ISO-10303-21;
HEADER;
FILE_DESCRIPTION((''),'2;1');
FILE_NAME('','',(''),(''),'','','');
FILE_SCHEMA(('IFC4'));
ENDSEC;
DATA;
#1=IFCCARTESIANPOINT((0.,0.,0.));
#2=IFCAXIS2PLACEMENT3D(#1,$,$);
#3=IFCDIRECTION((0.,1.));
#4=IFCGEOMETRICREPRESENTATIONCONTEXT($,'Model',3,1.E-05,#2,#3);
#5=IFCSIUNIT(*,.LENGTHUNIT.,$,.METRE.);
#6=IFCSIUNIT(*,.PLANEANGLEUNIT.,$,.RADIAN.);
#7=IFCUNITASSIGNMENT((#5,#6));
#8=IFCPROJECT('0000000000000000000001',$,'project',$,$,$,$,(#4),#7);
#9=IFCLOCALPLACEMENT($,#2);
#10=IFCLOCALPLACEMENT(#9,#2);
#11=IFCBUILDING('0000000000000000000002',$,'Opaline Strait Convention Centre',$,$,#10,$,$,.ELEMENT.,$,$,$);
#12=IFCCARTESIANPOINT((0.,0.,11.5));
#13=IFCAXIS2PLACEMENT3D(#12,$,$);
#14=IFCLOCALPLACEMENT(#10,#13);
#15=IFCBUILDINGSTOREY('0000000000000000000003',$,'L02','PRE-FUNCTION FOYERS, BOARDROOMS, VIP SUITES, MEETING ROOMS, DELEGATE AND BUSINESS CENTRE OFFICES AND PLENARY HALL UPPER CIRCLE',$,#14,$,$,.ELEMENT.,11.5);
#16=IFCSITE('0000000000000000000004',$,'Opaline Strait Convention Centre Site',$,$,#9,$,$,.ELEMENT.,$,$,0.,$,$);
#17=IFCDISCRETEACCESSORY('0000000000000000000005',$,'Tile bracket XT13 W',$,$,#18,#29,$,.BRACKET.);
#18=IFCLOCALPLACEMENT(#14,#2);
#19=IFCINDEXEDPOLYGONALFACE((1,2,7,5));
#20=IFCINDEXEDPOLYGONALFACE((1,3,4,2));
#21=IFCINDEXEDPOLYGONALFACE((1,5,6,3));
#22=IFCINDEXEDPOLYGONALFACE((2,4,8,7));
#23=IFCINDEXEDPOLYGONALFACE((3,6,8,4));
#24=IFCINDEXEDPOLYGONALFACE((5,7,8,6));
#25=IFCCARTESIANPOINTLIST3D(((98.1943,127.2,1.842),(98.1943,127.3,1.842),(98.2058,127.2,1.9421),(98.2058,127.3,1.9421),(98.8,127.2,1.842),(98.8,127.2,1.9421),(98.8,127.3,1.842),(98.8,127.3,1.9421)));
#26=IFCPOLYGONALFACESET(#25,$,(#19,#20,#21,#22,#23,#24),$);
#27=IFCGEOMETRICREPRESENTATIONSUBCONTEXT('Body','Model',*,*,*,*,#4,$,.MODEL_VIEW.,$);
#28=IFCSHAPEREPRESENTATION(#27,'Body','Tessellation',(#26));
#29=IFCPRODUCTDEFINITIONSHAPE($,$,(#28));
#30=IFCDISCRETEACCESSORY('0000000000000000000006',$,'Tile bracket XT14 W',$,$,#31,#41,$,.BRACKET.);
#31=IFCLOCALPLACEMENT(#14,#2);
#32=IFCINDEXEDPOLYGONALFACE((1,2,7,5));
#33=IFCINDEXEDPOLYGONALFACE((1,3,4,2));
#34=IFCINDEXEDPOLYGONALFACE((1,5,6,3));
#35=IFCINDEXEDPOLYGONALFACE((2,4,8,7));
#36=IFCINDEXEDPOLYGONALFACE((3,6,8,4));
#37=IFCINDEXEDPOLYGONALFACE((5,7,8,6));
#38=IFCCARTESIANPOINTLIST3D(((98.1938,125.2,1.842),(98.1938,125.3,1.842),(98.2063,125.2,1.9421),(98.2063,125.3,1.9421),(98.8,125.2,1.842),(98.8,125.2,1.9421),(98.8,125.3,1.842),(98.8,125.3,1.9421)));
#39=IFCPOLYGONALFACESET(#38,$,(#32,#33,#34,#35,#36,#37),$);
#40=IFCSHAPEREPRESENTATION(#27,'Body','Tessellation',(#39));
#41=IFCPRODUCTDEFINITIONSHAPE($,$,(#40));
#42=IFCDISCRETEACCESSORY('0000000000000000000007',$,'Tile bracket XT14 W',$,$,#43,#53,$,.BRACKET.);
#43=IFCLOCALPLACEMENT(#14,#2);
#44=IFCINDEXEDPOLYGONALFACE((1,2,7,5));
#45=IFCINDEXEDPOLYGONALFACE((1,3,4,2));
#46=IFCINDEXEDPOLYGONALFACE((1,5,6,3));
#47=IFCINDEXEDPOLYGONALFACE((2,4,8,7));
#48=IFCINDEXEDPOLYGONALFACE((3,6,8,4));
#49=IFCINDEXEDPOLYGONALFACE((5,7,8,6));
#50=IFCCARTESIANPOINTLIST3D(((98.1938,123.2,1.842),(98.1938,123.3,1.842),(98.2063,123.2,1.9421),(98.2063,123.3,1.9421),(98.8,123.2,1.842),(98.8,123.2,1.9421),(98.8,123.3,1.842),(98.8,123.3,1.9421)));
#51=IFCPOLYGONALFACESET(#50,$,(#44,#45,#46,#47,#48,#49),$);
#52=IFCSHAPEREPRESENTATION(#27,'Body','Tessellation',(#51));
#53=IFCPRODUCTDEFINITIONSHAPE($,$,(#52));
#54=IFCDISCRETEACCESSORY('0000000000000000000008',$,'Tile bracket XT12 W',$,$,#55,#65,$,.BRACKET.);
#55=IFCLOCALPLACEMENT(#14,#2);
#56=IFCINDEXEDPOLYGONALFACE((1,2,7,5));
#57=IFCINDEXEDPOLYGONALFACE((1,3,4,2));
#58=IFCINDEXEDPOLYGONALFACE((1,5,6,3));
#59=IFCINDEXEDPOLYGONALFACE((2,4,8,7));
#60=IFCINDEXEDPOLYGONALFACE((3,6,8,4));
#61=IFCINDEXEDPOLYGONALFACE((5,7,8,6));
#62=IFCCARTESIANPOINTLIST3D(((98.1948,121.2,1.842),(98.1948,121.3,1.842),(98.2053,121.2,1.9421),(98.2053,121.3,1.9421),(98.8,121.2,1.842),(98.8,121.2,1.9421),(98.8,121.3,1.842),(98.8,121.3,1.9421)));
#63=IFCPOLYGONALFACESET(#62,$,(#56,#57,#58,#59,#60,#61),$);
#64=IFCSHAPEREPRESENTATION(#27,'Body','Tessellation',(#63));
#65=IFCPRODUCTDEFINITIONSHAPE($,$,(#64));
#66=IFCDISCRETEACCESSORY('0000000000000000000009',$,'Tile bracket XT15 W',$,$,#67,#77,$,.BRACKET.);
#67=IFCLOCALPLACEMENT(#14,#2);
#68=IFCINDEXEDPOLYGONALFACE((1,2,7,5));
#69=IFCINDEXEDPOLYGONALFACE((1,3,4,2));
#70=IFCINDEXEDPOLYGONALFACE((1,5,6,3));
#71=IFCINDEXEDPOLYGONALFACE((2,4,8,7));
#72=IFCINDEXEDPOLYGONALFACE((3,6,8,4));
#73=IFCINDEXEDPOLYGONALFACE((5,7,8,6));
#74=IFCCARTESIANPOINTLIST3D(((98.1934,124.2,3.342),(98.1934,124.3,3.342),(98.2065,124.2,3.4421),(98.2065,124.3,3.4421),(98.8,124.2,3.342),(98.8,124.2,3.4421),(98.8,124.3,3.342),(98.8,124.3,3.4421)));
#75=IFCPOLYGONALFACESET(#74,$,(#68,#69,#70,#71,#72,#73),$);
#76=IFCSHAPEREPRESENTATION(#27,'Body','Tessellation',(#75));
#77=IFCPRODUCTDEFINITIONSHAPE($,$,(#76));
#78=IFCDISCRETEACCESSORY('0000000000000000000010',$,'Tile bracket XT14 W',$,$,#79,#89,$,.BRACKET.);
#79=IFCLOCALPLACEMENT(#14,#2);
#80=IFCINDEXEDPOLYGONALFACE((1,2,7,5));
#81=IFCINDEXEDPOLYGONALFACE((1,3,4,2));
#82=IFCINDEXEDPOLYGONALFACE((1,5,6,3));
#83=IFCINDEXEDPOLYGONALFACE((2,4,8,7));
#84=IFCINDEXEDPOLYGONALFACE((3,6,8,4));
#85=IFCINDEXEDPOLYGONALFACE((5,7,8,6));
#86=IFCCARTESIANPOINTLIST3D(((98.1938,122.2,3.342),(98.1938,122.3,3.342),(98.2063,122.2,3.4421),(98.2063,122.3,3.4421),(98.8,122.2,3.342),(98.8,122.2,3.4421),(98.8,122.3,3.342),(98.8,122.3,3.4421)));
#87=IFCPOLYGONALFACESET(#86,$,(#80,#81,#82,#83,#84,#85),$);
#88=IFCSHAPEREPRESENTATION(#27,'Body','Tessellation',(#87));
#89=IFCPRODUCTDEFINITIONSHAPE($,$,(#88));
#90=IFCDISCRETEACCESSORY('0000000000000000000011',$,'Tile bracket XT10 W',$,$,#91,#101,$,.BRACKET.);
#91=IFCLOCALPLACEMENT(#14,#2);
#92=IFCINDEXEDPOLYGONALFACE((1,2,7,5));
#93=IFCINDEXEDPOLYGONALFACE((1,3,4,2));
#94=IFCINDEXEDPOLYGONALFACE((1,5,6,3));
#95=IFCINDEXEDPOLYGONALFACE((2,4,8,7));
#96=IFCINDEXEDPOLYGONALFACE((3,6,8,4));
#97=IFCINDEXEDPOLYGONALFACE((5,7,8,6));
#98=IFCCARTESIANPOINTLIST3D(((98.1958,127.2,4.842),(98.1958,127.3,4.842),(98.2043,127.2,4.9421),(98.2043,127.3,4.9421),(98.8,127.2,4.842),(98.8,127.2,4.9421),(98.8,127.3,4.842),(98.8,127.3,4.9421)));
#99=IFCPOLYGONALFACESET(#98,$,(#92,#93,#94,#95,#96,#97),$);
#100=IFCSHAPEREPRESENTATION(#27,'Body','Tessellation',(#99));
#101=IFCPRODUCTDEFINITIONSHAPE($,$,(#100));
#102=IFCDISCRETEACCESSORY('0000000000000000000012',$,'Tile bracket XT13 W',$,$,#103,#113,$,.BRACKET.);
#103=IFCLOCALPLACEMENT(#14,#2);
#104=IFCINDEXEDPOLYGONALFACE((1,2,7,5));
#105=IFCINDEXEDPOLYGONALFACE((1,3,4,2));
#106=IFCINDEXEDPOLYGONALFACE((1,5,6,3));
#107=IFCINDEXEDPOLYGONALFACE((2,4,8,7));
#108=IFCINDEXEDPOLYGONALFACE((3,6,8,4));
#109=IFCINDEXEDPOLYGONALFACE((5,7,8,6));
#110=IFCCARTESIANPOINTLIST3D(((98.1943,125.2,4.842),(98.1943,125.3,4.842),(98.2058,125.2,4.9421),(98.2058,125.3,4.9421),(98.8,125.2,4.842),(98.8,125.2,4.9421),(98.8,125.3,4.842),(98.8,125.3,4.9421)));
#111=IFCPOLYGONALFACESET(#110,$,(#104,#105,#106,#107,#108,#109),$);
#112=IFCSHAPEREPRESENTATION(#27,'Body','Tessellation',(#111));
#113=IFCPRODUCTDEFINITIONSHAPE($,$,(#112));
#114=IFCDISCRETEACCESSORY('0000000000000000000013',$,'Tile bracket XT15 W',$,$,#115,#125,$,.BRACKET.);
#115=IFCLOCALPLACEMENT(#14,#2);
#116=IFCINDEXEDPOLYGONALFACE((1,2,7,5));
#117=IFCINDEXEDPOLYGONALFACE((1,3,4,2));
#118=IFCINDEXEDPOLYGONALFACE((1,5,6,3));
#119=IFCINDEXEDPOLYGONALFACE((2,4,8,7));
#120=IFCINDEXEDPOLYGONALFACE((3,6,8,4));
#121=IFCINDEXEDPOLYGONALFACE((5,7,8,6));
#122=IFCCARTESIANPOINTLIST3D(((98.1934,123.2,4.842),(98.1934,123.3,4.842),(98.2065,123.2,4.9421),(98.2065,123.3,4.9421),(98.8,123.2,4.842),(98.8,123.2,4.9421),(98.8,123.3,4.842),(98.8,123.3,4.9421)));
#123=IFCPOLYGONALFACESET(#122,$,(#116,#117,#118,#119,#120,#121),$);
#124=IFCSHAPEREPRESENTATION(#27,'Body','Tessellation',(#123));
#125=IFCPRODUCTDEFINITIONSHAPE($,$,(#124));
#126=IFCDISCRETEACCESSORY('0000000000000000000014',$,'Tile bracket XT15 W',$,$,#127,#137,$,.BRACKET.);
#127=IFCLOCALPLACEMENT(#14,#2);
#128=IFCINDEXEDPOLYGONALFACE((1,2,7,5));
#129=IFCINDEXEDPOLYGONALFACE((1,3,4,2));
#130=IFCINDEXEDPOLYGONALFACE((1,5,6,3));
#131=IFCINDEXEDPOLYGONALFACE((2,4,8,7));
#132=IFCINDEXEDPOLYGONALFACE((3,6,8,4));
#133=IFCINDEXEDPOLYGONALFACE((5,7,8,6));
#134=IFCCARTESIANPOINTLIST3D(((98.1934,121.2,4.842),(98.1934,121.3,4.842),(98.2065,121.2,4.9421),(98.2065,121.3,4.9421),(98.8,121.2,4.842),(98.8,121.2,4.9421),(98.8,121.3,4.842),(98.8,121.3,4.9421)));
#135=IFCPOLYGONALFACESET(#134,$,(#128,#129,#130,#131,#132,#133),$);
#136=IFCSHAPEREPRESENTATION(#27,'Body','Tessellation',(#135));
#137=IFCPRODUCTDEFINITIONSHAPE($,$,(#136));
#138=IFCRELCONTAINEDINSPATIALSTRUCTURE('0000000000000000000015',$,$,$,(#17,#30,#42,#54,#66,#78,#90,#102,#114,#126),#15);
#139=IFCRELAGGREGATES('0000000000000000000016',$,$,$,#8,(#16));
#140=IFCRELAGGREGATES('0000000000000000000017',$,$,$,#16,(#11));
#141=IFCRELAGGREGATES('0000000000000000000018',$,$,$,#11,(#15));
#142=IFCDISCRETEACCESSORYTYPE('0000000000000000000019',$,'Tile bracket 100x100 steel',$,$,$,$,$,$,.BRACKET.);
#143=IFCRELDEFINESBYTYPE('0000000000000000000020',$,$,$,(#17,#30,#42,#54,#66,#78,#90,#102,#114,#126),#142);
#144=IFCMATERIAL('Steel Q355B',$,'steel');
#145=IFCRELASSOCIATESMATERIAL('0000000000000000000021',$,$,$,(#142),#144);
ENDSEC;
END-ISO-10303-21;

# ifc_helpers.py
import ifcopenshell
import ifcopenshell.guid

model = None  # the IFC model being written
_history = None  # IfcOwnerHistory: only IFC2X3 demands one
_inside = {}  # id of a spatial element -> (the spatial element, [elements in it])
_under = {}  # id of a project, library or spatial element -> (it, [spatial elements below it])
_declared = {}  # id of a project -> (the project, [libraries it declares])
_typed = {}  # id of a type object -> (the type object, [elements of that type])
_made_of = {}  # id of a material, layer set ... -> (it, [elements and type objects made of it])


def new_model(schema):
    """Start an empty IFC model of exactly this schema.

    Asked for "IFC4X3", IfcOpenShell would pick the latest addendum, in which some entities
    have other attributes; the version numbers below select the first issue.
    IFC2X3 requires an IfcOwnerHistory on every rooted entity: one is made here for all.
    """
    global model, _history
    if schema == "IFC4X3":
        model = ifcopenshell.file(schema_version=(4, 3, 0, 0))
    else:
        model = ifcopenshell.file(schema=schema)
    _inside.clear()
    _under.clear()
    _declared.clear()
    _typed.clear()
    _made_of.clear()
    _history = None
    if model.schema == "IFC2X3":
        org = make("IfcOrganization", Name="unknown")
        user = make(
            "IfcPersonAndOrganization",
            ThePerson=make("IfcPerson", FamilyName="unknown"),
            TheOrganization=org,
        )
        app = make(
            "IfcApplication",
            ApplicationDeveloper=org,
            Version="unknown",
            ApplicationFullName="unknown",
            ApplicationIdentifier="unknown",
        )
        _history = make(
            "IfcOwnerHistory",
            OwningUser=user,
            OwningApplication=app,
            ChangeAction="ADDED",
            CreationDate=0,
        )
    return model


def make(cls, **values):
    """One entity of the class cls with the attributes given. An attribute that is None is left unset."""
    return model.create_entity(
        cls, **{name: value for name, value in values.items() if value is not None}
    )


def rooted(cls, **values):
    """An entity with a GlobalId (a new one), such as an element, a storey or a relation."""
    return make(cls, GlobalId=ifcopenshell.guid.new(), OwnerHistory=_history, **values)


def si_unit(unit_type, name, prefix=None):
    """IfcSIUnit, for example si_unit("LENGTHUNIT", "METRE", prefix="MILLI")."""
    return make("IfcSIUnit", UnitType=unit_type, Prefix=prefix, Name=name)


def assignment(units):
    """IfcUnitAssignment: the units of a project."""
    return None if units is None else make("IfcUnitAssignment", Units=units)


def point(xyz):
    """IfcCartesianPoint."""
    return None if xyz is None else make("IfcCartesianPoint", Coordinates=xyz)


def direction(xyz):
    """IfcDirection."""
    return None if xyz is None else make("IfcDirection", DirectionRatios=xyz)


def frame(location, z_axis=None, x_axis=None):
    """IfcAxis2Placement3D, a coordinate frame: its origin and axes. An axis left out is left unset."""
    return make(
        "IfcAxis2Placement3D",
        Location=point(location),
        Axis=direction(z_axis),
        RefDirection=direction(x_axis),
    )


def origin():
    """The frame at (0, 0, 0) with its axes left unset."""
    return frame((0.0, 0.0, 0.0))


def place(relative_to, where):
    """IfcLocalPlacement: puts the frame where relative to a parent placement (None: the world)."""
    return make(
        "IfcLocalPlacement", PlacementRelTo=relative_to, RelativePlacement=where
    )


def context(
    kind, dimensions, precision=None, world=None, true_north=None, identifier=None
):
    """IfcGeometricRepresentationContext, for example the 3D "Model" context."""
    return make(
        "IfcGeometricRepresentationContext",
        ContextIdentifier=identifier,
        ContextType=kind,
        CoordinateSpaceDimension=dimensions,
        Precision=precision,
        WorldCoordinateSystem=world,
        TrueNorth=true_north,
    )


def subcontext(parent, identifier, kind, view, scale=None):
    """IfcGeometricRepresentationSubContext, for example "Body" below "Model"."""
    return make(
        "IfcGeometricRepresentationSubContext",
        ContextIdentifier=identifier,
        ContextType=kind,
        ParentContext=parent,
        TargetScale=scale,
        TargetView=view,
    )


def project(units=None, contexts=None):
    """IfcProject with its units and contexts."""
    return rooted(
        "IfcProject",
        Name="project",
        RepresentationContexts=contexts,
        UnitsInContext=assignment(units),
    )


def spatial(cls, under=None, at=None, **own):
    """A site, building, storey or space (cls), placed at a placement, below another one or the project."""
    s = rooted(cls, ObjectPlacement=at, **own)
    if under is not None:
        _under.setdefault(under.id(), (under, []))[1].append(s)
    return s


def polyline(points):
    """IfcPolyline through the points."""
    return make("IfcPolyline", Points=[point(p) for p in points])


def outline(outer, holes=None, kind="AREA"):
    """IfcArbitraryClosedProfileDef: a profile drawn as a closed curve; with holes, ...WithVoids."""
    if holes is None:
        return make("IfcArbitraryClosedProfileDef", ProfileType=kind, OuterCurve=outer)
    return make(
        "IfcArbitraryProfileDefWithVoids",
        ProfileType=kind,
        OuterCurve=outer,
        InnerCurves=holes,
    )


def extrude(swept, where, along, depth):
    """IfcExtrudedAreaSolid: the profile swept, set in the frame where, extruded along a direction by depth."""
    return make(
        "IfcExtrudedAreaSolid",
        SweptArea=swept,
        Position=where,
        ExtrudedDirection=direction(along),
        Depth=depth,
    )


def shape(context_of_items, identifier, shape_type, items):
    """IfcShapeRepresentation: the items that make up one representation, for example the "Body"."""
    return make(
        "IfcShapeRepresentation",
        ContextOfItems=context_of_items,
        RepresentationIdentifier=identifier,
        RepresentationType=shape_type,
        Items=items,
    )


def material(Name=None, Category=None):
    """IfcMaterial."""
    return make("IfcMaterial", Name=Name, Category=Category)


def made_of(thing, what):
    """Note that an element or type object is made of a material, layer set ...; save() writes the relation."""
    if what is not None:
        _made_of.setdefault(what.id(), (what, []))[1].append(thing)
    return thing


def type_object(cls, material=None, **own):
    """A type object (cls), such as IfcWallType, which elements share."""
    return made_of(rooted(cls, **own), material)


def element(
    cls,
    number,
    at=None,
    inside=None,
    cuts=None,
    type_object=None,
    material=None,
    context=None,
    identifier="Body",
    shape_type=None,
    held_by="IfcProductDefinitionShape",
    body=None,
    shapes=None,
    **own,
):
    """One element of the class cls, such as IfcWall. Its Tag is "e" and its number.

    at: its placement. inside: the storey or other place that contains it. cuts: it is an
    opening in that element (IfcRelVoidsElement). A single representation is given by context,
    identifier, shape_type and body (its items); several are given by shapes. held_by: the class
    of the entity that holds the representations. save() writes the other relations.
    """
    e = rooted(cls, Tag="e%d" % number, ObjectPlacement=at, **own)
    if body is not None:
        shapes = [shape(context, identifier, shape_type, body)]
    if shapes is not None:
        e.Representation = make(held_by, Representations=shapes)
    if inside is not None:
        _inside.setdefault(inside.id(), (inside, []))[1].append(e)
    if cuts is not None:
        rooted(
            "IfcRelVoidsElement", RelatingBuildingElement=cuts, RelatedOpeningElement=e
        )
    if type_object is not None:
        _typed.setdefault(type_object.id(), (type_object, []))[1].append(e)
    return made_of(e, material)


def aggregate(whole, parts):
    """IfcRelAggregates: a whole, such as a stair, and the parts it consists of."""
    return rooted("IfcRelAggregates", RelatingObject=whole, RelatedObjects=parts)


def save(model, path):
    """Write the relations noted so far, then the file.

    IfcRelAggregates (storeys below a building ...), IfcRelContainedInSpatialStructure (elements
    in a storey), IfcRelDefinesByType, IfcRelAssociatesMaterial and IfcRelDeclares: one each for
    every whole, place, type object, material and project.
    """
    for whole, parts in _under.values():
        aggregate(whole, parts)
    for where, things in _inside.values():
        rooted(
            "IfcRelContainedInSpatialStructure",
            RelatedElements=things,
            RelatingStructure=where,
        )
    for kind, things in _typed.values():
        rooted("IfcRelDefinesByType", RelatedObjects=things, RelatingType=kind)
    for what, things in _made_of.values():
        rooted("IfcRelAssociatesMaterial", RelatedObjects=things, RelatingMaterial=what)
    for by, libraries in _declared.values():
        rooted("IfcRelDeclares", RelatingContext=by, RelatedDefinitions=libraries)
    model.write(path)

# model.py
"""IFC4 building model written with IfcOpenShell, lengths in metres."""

from ifc_helpers import new_model, si_unit, direction, frame, origin, place, context, subcontext, project, spatial, polyline, outline, extrude, material, type_object, element, save


model = new_model("IFC4")

# Units and contexts
model_context = context("Model", 3, precision=1e-05, world=origin(), true_north=direction((0.0, 1.0)))
body_context = subcontext(model_context, "Body", "Model", "MODEL_VIEW")
ifc_project = project(units=[si_unit("LENGTHUNIT", "METRE"), si_unit("PLANEANGLEUNIT", "RADIAN")], contexts=[model_context])

# Site, building, storey
site_placement = place(None, origin())
site = spatial("IfcSite", under=ifc_project, at=site_placement, Name="Opaline Strait Convention Centre Site", CompositionType="ELEMENT", RefElevation=0.0)
building_placement = place(site_placement, origin())
building = spatial("IfcBuilding", under=site, at=building_placement, Name="Opaline Strait Convention Centre", CompositionType="ELEMENT")
storey_placement = place(building_placement, frame((0.0, 0.0, 11.5)))
storey = spatial("IfcBuildingStorey", under=building, at=storey_placement, Name="L02", Description="PRE-FUNCTION FOYERS, BOARDROOMS, VIP SUITES, MEETING ROOMS, DELEGATE AND BUSINESS CENTRE OFFICES AND PLENARY HALL UPPER CIRCLE", CompositionType="ELEMENT", Elevation=11.5)

# Discrete accessories
ifc_material_1 = material(Name="Steel Q355B", Category="steel")
discrete_accessory_type = type_object("IfcDiscreteAccessoryType", Name="Tile bracket 100x100 steel", PredefinedType="BRACKET", material=ifc_material_1)
discrete_accessory_1_placement = place(storey_placement, frame((98.8, 127.3, 1.8921), z_axis=(0.0, -1.0, 0.0), x_axis=(1.0, 0.0, 0.0)))
element("IfcDiscreteAccessory", 1, at=discrete_accessory_1_placement, inside=storey, type_object=discrete_accessory_type, Name="Tile bracket XT13 W", PredefinedType="BRACKET", context=body_context, shape_type="SweptSolid", body=[
    extrude(outline(polyline([(0.0, -0.05), (0.0, 0.05), (-0.5942, 0.05), (-0.6057, -0.05), (0.0, -0.05)])), origin(), (0.0, 0.0, 1.0), 0.1001),
])
for number, where, z_axis, x_axis, name in (
    (2, (98.8, 125.3, 1.8921), (0.0, -1.0, 0.0), (1.0, 0.0, 0.0), "Tile bracket XT14 W"),
    (3, (98.8, 123.3, 1.8921), (0.0, -1.0, 0.0), (1.0, 0.0, 0.0), "Tile bracket XT14 W"),
):
    element("IfcDiscreteAccessory", number, at=place(storey_placement, frame(where, z_axis=z_axis, x_axis=x_axis)), inside=storey, type_object=discrete_accessory_type, Name=name, PredefinedType="BRACKET", context=body_context, shape_type="SweptSolid", body=[
        extrude(outline(polyline([(0.0, -0.05), (0.0, 0.05), (-0.5938, 0.05), (-0.6062, -0.05), (0.0, -0.05)])), origin(), (0.0, 0.0, 1.0), 0.1001),
    ])
discrete_accessory_2_placement = place(storey_placement, frame((98.8, 121.3, 1.8921), z_axis=(0.0, -1.0, 0.0), x_axis=(1.0, 0.0, 0.0)))
element("IfcDiscreteAccessory", 4, at=discrete_accessory_2_placement, inside=storey, type_object=discrete_accessory_type, Name="Tile bracket XT12 W", PredefinedType="BRACKET", context=body_context, shape_type="SweptSolid", body=[
    extrude(outline(polyline([(0.0, -0.05), (0.0, 0.05), (-0.5947, 0.05), (-0.6052, -0.05), (0.0, -0.05)])), origin(), (0.0, 0.0, 1.0), 0.1001),
])
discrete_accessory_3_placement = place(storey_placement, frame((98.8, 124.3, 3.3921), z_axis=(0.0, -1.0, 0.0), x_axis=(1.0, 0.0, 0.0)))
element("IfcDiscreteAccessory", 5, at=discrete_accessory_3_placement, inside=storey, type_object=discrete_accessory_type, Name="Tile bracket XT15 W", PredefinedType="BRACKET", context=body_context, shape_type="SweptSolid", body=[
    extrude(outline(polyline([(0.0, -0.05), (0.0, 0.05), (-0.5935, 0.05), (-0.6067, -0.05), (0.0, -0.05)])), origin(), (0.0, 0.0, 1.0), 0.1001),
])
discrete_accessory_4_placement = place(storey_placement, frame((98.8, 122.3, 3.3921), z_axis=(0.0, -1.0, 0.0), x_axis=(1.0, 0.0, 0.0)))
element("IfcDiscreteAccessory", 6, at=discrete_accessory_4_placement, inside=storey, type_object=discrete_accessory_type, Name="Tile bracket XT14 W", PredefinedType="BRACKET", context=body_context, shape_type="SweptSolid", body=[
    extrude(outline(polyline([(0.0, -0.05), (0.0, 0.05), (-0.5938, 0.05), (-0.6062, -0.05), (0.0, -0.05)])), origin(), (0.0, 0.0, 1.0), 0.1001),
])
discrete_accessory_5_placement = place(storey_placement, frame((98.8, 127.3, 4.8921), z_axis=(0.0, -1.0, 0.0), x_axis=(1.0, 0.0, 0.0)))
element("IfcDiscreteAccessory", 7, at=discrete_accessory_5_placement, inside=storey, type_object=discrete_accessory_type, Name="Tile bracket XT10 W", PredefinedType="BRACKET", context=body_context, shape_type="SweptSolid", body=[
    extrude(outline(polyline([(0.0, -0.05), (0.0, 0.05), (-0.5957, 0.05), (-0.6042, -0.05), (0.0, -0.05)])), origin(), (0.0, 0.0, 1.0), 0.1001),
])
discrete_accessory_6_placement = place(storey_placement, frame((98.8, 125.3, 4.8921), z_axis=(0.0, -1.0, 0.0), x_axis=(1.0, 0.0, 0.0)))
element("IfcDiscreteAccessory", 8, at=discrete_accessory_6_placement, inside=storey, type_object=discrete_accessory_type, Name="Tile bracket XT13 W", PredefinedType="BRACKET", context=body_context, shape_type="SweptSolid", body=[
    extrude(outline(polyline([(0.0, -0.05), (0.0, 0.05), (-0.5942, 0.05), (-0.6057, -0.05), (0.0, -0.05)])), origin(), (0.0, 0.0, 1.0), 0.1001),
])
for number, where, z_axis, x_axis, name in (
    (9, (98.8, 123.3, 4.8921), (0.0, -1.0, 0.0), (1.0, 0.0, 0.0), "Tile bracket XT15 W"),
    (10, (98.8, 121.3, 4.8921), (0.0, -1.0, 0.0), (1.0, 0.0, 0.0), "Tile bracket XT15 W"),
):
    element("IfcDiscreteAccessory", number, at=place(storey_placement, frame(where, z_axis=z_axis, x_axis=x_axis)), inside=storey, type_object=discrete_accessory_type, Name=name, PredefinedType="BRACKET", context=body_context, shape_type="SweptSolid", body=[
        extrude(outline(polyline([(0.0, -0.05), (0.0, 0.05), (-0.5935, 0.05), (-0.6067, -0.05), (0.0, -0.05)])), origin(), (0.0, 0.0, 1.0), 0.1001),
    ])

save(model, "model.ifc")
